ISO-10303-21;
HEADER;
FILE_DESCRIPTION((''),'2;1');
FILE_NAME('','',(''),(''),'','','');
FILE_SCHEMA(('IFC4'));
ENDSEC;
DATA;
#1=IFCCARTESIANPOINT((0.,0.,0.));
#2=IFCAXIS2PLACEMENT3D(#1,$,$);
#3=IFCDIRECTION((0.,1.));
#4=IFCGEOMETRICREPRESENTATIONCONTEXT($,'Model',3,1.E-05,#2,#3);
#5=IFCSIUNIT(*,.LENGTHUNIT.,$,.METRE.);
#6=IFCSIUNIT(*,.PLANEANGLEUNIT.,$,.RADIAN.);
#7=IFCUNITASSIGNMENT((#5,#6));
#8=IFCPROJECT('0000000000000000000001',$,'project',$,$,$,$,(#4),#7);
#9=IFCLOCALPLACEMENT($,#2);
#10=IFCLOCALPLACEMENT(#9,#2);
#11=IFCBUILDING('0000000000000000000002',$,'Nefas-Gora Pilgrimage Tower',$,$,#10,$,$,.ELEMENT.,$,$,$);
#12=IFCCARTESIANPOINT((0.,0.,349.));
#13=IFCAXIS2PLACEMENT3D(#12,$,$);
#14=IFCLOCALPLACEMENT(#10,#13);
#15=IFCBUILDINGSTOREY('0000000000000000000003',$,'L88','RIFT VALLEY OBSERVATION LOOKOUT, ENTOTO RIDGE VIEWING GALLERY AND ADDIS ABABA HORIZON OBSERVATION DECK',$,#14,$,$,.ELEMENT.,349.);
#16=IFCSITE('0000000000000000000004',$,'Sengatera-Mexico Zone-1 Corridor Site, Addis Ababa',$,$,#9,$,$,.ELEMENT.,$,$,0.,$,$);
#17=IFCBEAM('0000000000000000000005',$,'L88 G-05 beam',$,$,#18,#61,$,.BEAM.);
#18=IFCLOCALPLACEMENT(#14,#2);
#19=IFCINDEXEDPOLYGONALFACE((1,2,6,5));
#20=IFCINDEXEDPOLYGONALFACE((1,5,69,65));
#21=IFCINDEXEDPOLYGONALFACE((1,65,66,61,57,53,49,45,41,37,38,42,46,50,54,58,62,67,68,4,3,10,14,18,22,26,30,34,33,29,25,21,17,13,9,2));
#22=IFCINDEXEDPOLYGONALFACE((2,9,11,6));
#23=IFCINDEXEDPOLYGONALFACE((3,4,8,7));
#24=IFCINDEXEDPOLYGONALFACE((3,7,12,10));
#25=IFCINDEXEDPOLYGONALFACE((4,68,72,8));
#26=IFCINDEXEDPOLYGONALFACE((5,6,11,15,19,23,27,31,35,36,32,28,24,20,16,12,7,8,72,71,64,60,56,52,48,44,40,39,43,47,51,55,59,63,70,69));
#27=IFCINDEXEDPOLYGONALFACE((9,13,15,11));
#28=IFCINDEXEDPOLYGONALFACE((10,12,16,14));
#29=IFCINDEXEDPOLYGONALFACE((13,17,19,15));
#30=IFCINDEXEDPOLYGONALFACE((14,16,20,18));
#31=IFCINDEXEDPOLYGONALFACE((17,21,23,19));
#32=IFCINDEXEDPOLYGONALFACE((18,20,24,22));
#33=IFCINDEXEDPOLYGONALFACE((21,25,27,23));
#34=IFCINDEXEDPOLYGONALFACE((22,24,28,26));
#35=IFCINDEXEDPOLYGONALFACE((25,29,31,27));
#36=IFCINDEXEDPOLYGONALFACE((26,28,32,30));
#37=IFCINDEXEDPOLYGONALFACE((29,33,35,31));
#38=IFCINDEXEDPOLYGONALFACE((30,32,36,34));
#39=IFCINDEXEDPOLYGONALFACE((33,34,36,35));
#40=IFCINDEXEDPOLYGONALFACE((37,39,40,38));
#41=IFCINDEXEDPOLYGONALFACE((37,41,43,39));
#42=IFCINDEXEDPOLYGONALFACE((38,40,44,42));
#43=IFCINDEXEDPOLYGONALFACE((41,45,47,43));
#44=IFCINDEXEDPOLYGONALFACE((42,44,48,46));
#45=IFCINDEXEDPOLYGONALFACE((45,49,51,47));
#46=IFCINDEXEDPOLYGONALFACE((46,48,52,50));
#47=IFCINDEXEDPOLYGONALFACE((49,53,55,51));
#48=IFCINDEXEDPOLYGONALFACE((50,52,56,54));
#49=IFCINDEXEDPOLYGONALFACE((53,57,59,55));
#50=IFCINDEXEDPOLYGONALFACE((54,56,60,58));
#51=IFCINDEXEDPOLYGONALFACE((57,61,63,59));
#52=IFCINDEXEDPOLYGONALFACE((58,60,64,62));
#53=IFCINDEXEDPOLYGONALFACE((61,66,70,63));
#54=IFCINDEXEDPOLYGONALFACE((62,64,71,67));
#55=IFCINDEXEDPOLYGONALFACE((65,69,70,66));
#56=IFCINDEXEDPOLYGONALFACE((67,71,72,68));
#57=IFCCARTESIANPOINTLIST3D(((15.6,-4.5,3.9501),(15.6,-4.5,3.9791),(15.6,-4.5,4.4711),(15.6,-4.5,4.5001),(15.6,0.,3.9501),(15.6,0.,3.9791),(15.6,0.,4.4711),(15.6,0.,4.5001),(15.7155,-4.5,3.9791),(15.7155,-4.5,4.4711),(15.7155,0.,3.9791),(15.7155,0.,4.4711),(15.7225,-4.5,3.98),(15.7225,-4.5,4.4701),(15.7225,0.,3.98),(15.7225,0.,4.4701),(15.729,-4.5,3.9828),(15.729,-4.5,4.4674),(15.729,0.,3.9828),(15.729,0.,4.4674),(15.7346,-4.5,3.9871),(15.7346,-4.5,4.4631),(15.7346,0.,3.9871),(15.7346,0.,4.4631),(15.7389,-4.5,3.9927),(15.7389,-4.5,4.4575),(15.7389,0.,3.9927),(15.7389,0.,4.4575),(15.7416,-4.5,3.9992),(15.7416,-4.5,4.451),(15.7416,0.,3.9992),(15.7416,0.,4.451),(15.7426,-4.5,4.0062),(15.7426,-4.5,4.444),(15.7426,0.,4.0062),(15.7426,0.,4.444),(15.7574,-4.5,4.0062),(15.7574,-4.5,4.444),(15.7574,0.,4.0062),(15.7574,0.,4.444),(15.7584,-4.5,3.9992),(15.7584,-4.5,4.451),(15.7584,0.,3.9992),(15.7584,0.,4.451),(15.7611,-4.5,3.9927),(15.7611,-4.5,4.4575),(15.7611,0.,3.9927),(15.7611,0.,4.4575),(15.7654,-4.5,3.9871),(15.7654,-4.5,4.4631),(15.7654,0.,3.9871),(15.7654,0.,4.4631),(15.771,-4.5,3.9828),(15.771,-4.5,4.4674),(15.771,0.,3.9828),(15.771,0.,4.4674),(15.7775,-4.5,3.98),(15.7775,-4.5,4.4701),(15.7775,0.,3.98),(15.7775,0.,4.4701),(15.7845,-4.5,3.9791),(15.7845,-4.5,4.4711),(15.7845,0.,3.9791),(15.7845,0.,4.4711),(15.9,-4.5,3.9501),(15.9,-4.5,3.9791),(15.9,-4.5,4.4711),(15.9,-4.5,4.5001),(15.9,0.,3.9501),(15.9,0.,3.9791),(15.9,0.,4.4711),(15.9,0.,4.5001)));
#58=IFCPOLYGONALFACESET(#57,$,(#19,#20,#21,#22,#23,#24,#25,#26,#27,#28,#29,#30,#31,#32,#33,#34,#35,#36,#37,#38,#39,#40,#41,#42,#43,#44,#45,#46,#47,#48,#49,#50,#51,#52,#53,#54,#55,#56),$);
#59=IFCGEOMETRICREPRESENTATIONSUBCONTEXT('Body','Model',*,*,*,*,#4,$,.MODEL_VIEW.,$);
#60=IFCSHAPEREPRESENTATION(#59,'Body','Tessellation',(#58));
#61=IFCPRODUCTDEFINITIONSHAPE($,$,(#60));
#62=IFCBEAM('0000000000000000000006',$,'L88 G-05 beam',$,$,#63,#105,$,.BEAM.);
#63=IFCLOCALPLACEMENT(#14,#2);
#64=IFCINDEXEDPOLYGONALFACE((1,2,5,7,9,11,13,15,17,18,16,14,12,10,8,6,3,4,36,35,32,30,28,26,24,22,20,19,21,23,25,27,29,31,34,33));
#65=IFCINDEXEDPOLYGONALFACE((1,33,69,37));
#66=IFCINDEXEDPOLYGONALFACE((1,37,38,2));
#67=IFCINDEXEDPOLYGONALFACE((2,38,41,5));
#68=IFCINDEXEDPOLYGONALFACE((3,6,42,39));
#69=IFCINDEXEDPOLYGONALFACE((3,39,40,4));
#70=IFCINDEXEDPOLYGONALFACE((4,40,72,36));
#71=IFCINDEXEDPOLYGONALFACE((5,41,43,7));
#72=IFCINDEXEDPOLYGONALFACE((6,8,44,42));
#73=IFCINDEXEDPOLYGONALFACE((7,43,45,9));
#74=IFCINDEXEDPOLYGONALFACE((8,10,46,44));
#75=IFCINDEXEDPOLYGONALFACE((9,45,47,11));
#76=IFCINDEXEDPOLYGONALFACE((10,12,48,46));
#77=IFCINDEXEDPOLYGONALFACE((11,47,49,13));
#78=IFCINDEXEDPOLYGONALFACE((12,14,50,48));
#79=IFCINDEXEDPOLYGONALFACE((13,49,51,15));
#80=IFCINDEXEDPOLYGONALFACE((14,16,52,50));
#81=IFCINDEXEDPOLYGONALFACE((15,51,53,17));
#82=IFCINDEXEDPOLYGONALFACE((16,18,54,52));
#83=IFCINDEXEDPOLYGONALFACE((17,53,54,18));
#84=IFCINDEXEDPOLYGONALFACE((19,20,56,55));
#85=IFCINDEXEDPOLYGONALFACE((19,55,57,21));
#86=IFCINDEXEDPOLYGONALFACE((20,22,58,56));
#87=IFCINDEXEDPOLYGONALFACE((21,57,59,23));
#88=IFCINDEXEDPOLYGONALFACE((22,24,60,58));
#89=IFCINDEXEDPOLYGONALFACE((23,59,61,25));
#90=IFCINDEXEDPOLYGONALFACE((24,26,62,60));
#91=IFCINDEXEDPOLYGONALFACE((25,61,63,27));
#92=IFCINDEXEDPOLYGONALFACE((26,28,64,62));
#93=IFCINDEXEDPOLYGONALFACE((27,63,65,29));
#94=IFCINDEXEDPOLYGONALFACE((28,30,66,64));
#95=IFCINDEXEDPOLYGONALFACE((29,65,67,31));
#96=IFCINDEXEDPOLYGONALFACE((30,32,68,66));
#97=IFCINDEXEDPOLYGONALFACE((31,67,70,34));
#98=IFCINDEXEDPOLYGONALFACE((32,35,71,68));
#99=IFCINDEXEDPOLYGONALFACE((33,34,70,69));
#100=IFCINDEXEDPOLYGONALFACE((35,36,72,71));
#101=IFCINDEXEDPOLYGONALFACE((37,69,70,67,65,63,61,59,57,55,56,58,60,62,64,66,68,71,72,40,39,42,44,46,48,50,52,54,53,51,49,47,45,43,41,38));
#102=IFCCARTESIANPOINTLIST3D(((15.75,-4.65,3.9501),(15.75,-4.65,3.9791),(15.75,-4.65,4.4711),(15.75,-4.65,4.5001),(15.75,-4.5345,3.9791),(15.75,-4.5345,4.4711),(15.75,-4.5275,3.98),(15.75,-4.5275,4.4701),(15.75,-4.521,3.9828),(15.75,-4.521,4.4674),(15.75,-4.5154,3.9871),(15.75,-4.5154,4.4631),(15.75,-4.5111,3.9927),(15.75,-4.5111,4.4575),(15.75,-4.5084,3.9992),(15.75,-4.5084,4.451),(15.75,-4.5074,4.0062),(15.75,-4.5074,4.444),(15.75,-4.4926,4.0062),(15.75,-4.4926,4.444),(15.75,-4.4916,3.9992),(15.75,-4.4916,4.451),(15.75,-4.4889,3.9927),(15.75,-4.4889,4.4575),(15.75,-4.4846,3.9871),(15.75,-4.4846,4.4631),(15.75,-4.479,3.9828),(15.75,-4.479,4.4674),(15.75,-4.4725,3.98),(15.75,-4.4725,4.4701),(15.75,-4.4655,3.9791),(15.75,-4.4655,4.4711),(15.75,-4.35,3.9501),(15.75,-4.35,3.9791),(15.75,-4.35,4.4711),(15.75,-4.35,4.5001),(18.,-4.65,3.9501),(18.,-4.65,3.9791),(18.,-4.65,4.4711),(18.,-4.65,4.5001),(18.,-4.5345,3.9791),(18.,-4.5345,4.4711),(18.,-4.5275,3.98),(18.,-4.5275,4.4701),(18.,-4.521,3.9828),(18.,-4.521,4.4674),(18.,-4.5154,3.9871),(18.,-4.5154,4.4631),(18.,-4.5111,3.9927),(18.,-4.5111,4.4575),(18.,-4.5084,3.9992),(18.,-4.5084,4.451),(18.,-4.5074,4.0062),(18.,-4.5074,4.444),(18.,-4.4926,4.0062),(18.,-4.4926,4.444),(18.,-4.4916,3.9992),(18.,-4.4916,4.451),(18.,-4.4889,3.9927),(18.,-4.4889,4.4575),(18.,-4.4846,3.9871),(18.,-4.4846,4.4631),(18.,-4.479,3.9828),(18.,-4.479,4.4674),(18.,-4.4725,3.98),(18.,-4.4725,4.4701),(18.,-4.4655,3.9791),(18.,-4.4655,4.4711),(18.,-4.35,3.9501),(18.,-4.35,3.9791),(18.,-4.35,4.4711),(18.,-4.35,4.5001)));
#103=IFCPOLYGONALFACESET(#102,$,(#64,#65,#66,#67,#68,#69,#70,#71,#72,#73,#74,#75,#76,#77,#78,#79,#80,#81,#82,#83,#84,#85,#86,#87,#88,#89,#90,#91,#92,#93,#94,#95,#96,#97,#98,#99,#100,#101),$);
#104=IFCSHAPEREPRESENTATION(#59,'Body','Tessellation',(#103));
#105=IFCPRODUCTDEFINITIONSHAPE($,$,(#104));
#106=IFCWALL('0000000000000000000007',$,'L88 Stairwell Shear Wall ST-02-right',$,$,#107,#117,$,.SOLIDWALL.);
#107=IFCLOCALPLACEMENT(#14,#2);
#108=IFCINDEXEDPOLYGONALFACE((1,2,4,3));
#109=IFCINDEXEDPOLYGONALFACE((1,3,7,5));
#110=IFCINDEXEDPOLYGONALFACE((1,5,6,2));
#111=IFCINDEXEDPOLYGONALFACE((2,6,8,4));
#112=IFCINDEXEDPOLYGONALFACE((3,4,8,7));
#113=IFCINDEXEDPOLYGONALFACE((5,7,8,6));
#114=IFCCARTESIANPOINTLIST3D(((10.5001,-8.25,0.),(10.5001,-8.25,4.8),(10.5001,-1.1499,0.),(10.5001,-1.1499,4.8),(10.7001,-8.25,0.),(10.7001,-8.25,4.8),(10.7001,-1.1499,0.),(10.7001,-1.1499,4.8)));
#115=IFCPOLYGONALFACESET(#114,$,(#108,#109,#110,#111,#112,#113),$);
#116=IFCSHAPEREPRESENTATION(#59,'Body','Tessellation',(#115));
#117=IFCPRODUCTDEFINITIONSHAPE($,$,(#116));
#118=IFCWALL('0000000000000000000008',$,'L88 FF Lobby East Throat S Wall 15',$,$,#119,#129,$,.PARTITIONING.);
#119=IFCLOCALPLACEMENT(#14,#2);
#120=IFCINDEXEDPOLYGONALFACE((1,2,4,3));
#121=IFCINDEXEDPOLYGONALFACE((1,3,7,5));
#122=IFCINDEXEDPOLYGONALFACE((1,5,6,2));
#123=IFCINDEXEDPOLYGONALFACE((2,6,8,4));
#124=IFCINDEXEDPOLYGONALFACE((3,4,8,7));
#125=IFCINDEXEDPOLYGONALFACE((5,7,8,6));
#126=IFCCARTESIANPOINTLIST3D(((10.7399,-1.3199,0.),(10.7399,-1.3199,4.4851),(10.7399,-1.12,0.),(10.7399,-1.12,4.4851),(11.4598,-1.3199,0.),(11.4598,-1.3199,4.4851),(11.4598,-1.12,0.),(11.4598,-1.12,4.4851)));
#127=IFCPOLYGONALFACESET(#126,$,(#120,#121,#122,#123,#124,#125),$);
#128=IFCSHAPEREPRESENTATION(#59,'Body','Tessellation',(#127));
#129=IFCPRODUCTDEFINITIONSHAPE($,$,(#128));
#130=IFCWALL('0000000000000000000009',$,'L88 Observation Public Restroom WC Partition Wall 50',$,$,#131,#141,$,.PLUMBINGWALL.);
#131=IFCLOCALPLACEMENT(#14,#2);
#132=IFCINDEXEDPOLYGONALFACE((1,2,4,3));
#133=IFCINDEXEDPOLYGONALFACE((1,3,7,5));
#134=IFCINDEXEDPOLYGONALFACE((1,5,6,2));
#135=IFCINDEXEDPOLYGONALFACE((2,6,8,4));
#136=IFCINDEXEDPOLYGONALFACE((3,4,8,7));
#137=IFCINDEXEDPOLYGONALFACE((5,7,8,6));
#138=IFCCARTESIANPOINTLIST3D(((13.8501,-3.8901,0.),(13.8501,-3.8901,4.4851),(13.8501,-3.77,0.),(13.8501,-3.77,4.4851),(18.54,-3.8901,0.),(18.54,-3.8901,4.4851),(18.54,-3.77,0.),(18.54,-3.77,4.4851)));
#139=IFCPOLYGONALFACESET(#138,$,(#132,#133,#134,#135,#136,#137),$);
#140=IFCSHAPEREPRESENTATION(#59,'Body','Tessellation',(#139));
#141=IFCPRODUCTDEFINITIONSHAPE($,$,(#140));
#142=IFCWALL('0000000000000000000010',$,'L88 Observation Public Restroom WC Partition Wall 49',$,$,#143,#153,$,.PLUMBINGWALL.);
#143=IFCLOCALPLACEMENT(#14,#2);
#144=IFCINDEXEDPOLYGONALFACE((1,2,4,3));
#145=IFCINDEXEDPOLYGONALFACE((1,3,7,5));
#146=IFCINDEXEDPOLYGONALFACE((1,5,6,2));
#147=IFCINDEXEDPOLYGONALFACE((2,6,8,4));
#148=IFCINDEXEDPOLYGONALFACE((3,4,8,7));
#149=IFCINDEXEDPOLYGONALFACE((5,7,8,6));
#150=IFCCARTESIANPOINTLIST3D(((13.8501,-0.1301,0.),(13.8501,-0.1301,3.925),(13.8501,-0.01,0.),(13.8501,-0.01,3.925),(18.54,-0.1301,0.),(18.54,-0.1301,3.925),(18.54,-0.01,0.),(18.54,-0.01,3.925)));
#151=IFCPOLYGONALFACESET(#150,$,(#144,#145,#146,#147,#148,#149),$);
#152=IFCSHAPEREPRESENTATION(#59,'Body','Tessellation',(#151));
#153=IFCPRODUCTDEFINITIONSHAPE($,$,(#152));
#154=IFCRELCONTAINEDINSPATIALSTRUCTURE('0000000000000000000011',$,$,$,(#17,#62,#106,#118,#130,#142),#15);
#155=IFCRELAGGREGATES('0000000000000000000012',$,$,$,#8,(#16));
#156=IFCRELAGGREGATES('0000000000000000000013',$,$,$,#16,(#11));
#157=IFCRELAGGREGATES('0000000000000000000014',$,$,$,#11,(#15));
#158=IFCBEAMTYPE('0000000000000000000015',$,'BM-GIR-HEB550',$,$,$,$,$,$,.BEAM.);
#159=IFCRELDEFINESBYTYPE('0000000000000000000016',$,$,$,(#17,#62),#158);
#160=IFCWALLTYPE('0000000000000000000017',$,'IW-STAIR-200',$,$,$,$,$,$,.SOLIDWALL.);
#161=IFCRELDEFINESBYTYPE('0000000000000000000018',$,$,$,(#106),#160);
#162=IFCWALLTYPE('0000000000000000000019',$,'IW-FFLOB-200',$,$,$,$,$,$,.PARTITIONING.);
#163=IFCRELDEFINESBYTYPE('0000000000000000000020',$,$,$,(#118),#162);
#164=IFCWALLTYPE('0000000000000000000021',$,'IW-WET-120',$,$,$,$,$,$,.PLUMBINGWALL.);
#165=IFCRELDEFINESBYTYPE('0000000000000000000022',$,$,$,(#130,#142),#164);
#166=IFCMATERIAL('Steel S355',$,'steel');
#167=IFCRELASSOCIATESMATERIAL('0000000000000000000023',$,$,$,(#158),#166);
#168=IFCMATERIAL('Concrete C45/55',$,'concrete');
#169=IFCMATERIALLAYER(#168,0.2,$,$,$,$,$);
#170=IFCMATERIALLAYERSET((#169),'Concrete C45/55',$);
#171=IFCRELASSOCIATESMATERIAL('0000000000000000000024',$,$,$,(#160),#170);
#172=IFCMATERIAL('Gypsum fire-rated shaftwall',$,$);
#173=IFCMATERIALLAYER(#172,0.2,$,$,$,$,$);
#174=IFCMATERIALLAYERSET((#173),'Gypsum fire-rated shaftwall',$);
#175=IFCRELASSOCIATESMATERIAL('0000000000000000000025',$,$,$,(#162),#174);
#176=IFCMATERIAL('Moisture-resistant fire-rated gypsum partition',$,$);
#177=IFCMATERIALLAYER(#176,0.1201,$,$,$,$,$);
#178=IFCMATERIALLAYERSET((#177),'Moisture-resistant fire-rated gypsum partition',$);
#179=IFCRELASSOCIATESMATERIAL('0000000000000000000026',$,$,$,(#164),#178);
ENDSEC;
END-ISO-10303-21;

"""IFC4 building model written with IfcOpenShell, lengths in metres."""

from ifc_helpers import new_model, si_unit, direction, frame, frame_2d, origin, origin_2d, place, context, subcontext, project, spatial, rectangle, i_section, extrude, source, transform, mapped, material, layer, layer_set, material_profile, profile_set, type_object, element, save


model = new_model("IFC4")

# Units and contexts
model_context = context("Model", 3, precision=1e-05, world=origin(), true_north=direction((0.0, 1.0)))
body_context = subcontext(model_context, "Body", "Model", "MODEL_VIEW")
ifc_project = project(units=[si_unit("LENGTHUNIT", "METRE"), si_unit("PLANEANGLEUNIT", "RADIAN")], contexts=[model_context])

# Site, building, storey
site_placement = place(None, origin())
site = spatial("IfcSite", under=ifc_project, at=site_placement, Name="Sengatera-Mexico Zone-1 Corridor Site, Addis Ababa", CompositionType="ELEMENT", RefElevation=0.0)
building_placement = place(site_placement, origin())
building = spatial("IfcBuilding", under=site, at=building_placement, Name="Nefas-Gora Pilgrimage Tower", CompositionType="ELEMENT")
storey_placement = place(building_placement, frame((0.0, 0.0, 349.0)))
storey = spatial("IfcBuildingStorey", under=building, at=storey_placement, Name="L88", Description="RIFT VALLEY OBSERVATION LOOKOUT, ENTOTO RIDGE VIEWING GALLERY AND ADDIS ABABA HORIZON OBSERVATION DECK", CompositionType="ELEMENT", Elevation=349.0)

# Shared definitions
ifc_material_1 = material(Name="Steel S355", Category="steel")

# Beams
ifc_material_profile_1 = material_profile(ifc_material_1, i_section(OverallWidth=0.3, OverallDepth=0.55, WebThickness=0.0149, FlangeThickness=0.0291, FilletRadius=0.0271, at=origin_2d()), Name="HEB 550")
ifc_profile_set_1 = profile_set([ifc_material_profile_1], Name="Steel S355")
beam_type_1 = type_object("IfcBeamType", Name="BM-GIR-HEB550", PredefinedType="BEAM", material=ifc_profile_set_1)
shared_shape_1 = source(origin(), body_context, "Body", "SweptSolid", [
    extrude(i_section(OverallWidth=0.3, OverallDepth=0.55, WebThickness=0.0149, FlangeThickness=0.0291, FilletRadius=0.0271, at=origin_2d()), origin(), (0.0, 0.0, 1.0), 4.5),
])
beam_1_placement = place(storey_placement, frame((15.75, -4.5, 4.2251), z_axis=(0.0, 1.0, 0.0), x_axis=(-1.0, 0.0, 0.0)))
element("IfcBeam", 1, at=beam_1_placement, inside=storey, type_object=beam_type_1, Name="L88 G-05 beam", PredefinedType="BEAM", context=body_context, shape_type="MappedRepresentation", body=[
    mapped(shared_shape_1, transform((0.0, 0.0, 0.0), x_axis=(1.0, 0.0, 0.0), y_axis=(0.0, 1.0, 0.0), z_axis=(0.0, 0.0, 1.0), scale=1.0)),
])
shared_shape_2 = source(origin(), body_context, "Body", "SweptSolid", [
    extrude(i_section(OverallWidth=0.3, OverallDepth=0.55, WebThickness=0.0149, FlangeThickness=0.0291, FilletRadius=0.0271, at=origin_2d()), origin(), (0.0, 0.0, 1.0), 2.25),
])
beam_2_placement = place(storey_placement, frame((15.75, -4.5, 4.2251), z_axis=(1.0, 0.0, 0.0), x_axis=(0.0, 1.0, 0.0)))
element("IfcBeam", 2, at=beam_2_placement, inside=storey, type_object=beam_type_1, Name="L88 G-05 beam", PredefinedType="BEAM", context=body_context, shape_type="MappedRepresentation", body=[
    mapped(shared_shape_2, transform((0.0, 0.0, 0.0), x_axis=(1.0, 0.0, 0.0), y_axis=(0.0, 1.0, 0.0), z_axis=(0.0, 0.0, 1.0), scale=1.0)),
])

# Wall
ifc_material_2 = material(Name="Concrete C45/55", Category="concrete")
ifc_layer_1 = layer(ifc_material_2, 0.2)
ifc_layer_set_1 = layer_set([ifc_layer_1], Name="Concrete C45/55")
wall_type_1 = type_object("IfcWallType", Name="IW-STAIR-200", PredefinedType="SOLIDWALL", material=ifc_layer_set_1)
shared_shape_3 = source(origin(), body_context, "Body", "SweptSolid", [
    extrude(rectangle(XDim=7.1001, YDim=0.2, at=frame_2d((3.55, 0.0))), origin(), (0.0, 0.0, 1.0), 4.8),
])
wall_1_placement = place(storey_placement, frame((10.6001, -1.1499, 0.0), z_axis=(0.0, 0.0, 1.0), x_axis=(0.0, -1.0, 0.0)))
element("IfcWall", 3, at=wall_1_placement, inside=storey, type_object=wall_type_1, Name="L88 Stairwell Shear Wall ST-02-right", PredefinedType="SOLIDWALL", context=body_context, shape_type="MappedRepresentation", body=[
    mapped(shared_shape_3, transform((0.0, 0.0, 0.0), x_axis=(1.0, 0.0, 0.0), y_axis=(0.0, 1.0, 0.0), z_axis=(0.0, 0.0, 1.0), scale=1.0)),
])

# Shared definitions
ifc_material_3 = material(Name="Gypsum fire-rated shaftwall")
ifc_layer_2 = layer(ifc_material_3, 0.2)
ifc_layer_set_2 = layer_set([ifc_layer_2], Name="Gypsum fire-rated shaftwall")
wall_type_2 = type_object("IfcWallType", Name="IW-FFLOB-200", PredefinedType="PARTITIONING", material=ifc_layer_set_2)

# Walls
shared_shape_4 = source(origin(), body_context, "Body", "SweptSolid", [
    extrude(rectangle(XDim=0.72, YDim=0.2, at=frame_2d((0.3599, 0.0))), origin(), (0.0, 0.0, 1.0), 4.4851),
])
wall_2_placement = place(storey_placement, frame((10.74, -1.22, 0.0), z_axis=(0.0, 0.0, 1.0), x_axis=(1.0, 0.0, 0.0)))
element("IfcWall", 4, at=wall_2_placement, inside=storey, type_object=wall_type_2, Name="L88 FF Lobby East Throat S Wall 15", PredefinedType="PARTITIONING", context=body_context, shape_type="MappedRepresentation", body=[
    mapped(shared_shape_4, transform((0.0, 0.0, 0.0), x_axis=(1.0, 0.0, 0.0), y_axis=(0.0, 1.0, 0.0), z_axis=(0.0, 0.0, 1.0), scale=1.0)),
])
ifc_material_4 = material(Name="Moisture-resistant fire-rated gypsum partition")
ifc_layer_3 = layer(ifc_material_4, 0.1201)
ifc_layer_set_3 = layer_set([ifc_layer_3], Name="Moisture-resistant fire-rated gypsum partition")
wall_type_3 = type_object("IfcWallType", Name="IW-WET-120", PredefinedType="PLUMBINGWALL", material=ifc_layer_set_3)
shared_shape_5 = source(origin(), body_context, "Body", "SweptSolid", [
    extrude(rectangle(XDim=4.6899, YDim=0.1201, at=frame_2d((2.345, 0.0))), origin(), (0.0, 0.0, 1.0), 4.4851),
])
wall_3_placement = place(storey_placement, frame((13.8501, -3.8301, 0.0), z_axis=(0.0, 0.0, 1.0), x_axis=(1.0, 0.0, 0.0)))
element("IfcWall", 5, at=wall_3_placement, inside=storey, type_object=wall_type_3, Name="L88 Observation Public Restroom WC Partition Wall 50", PredefinedType="PLUMBINGWALL", context=body_context, shape_type="MappedRepresentation", body=[
    mapped(shared_shape_5, transform((0.0, 0.0, 0.0), x_axis=(1.0, 0.0, 0.0), y_axis=(0.0, 1.0, 0.0), z_axis=(0.0, 0.0, 1.0), scale=1.0)),
])
shared_shape_6 = source(origin(), body_context, "Body", "SweptSolid", [
    extrude(rectangle(XDim=4.6899, YDim=0.1201, at=frame_2d((2.345, 0.0))), origin(), (0.0, 0.0, 1.0), 3.925),
])
wall_4_placement = place(storey_placement, frame((13.8501, -0.0701, 0.0), z_axis=(0.0, 0.0, 1.0), x_axis=(1.0, 0.0, 0.0)))
element("IfcWall", 6, at=wall_4_placement, inside=storey, type_object=wall_type_3, Name="L88 Observation Public Restroom WC Partition Wall 49", PredefinedType="PLUMBINGWALL", context=body_context, shape_type="MappedRepresentation", body=[
    mapped(shared_shape_6, transform((0.0, 0.0, 0.0), x_axis=(1.0, 0.0, 0.0), y_axis=(0.0, 1.0, 0.0), z_axis=(0.0, 0.0, 1.0), scale=1.0)),
])

save(model, "model.ifc")
